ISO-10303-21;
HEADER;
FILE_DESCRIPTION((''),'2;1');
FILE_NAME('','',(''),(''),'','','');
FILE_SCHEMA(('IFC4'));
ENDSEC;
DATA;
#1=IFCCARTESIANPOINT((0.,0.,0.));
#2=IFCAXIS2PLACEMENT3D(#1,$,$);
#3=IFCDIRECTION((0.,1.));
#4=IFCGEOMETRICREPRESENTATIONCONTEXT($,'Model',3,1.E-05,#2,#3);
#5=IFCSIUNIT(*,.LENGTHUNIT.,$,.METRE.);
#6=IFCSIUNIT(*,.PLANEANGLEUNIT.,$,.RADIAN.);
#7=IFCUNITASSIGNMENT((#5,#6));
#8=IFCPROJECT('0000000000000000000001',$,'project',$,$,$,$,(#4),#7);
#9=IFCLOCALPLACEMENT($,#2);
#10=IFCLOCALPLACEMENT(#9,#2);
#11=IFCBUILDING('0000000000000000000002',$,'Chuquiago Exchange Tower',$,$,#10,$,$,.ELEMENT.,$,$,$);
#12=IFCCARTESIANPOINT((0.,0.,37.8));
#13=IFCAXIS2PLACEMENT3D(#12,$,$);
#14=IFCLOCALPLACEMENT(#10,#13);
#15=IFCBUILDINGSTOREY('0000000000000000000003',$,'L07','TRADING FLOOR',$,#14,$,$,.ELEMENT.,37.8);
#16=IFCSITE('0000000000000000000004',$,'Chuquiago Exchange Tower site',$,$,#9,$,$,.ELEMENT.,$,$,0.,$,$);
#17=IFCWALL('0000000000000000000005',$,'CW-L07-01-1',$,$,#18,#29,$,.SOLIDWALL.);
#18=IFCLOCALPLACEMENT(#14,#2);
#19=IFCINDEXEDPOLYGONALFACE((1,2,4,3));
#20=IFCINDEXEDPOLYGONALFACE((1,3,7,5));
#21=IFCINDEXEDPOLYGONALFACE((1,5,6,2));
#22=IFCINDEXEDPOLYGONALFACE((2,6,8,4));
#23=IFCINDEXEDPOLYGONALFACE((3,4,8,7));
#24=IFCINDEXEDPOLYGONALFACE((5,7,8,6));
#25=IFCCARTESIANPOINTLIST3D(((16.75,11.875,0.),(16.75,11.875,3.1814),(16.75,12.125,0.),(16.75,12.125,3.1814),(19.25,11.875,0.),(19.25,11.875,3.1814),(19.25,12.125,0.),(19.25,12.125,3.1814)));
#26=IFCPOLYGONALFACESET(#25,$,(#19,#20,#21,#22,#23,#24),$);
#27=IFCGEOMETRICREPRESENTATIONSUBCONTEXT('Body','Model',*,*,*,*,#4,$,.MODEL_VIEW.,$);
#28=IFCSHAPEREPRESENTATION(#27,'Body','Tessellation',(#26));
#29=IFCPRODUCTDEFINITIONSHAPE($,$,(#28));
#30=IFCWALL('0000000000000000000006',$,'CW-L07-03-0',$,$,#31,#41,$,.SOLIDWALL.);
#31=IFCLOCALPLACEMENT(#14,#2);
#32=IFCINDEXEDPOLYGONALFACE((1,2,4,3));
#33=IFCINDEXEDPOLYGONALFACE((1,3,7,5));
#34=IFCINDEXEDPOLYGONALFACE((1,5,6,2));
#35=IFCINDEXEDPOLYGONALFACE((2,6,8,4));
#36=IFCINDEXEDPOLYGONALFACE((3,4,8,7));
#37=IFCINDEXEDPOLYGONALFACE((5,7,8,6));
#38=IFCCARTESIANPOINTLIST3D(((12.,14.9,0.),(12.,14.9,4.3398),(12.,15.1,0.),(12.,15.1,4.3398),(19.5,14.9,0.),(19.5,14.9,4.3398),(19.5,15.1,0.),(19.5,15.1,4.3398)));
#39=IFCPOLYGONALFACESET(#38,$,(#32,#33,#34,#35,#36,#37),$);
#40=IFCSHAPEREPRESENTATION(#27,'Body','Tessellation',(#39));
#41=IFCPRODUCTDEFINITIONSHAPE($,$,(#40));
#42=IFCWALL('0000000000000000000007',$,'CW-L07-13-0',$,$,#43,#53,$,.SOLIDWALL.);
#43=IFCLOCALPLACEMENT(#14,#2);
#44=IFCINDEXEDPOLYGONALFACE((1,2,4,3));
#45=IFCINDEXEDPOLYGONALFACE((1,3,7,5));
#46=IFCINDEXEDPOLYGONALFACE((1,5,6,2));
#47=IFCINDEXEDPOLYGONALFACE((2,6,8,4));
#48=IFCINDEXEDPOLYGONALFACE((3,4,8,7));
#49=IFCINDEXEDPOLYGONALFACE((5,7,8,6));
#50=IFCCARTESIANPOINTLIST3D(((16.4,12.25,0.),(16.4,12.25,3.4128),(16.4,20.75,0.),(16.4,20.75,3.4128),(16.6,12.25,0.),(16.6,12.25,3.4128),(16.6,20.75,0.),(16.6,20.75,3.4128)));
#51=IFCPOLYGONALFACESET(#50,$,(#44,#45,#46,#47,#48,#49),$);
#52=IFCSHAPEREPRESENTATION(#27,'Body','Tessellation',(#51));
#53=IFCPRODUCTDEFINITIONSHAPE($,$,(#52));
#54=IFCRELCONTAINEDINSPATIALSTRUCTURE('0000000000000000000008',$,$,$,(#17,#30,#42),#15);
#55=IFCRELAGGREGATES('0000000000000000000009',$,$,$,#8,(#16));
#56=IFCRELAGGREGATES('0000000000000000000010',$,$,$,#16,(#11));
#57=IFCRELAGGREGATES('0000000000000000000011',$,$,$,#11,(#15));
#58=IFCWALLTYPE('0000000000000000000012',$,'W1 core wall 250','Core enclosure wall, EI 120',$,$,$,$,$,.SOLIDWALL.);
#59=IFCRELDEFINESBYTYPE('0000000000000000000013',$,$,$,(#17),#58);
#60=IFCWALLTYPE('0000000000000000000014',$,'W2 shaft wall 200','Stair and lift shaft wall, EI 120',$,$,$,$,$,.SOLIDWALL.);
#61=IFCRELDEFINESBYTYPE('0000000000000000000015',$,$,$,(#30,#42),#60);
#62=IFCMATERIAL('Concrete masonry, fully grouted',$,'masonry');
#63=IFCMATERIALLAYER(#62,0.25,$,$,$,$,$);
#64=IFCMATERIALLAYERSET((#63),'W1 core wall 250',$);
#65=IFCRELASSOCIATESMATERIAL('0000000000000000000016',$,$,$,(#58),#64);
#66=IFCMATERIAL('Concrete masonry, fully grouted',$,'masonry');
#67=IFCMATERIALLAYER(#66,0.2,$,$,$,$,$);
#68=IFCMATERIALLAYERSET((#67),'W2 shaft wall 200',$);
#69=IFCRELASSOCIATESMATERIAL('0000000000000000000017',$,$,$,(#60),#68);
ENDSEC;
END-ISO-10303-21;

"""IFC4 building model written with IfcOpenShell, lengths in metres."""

from ifc_helpers import new_model, si_unit, direction, frame, frame_2d, origin, place, context, subcontext, project, spatial, rectangle, extrude, material, layer, layer_set, type_object, element, save


model = new_model("IFC4")

# Units and contexts
model_context = context("Model", 3, precision=1e-05, world=origin(), true_north=direction((0.0, 1.0)))
body_context = subcontext(model_context, "Body", "Model", "MODEL_VIEW")
ifc_project = project(units=[si_unit("LENGTHUNIT", "METRE"), si_unit("PLANEANGLEUNIT", "RADIAN")], contexts=[model_context])

# Site, building, storey
site_placement = place(None, origin())
site = spatial("IfcSite", under=ifc_project, at=site_placement, Name="Chuquiago Exchange Tower site", CompositionType="ELEMENT", RefElevation=0.0)
building_placement = place(site_placement, origin())
building = spatial("IfcBuilding", under=site, at=building_placement, Name="Chuquiago Exchange Tower", CompositionType="ELEMENT")
storey_placement = place(building_placement, frame((0.0, 0.0, 37.8)))
storey = spatial("IfcBuildingStorey", under=building, at=storey_placement, Name="L07", Description="TRADING FLOOR", CompositionType="ELEMENT", Elevation=37.8)

# Shared definitions
ifc_material_1 = material(Name="Concrete masonry, fully grouted", Category="masonry")
ifc_layer_1 = layer(ifc_material_1, 0.25)
ifc_layer_set_1 = layer_set([ifc_layer_1], Name="W1 core wall 250")
wall_type_1 = type_object("IfcWallType", Name="W1 core wall 250", Description="Core enclosure wall, EI 120", PredefinedType="SOLIDWALL", material=ifc_layer_set_1)

# Walls
wall_1_placement = place(storey_placement, frame((16.75, 12.0, 0.0), z_axis=(0.0, 0.0, 1.0), x_axis=(1.0, 0.0, 0.0)))
element("IfcWall", 1, at=wall_1_placement, inside=storey, type_object=wall_type_1, Name="CW-L07-01-1", PredefinedType="SOLIDWALL", context=body_context, shape_type="SweptSolid", body=[
    extrude(rectangle(XDim=2.5, YDim=0.25, at=frame_2d((1.25, 0.0))), origin(), (0.0, 0.0, 1.0), 3.1814),
])
ifc_material_2 = material(Name="Concrete masonry, fully grouted", Category="masonry")
ifc_layer_2 = layer(ifc_material_2, 0.2)
ifc_layer_set_2 = layer_set([ifc_layer_2], Name="W2 shaft wall 200")
wall_type_2 = type_object("IfcWallType", Name="W2 shaft wall 200", Description="Stair and lift shaft wall, EI 120", PredefinedType="SOLIDWALL", material=ifc_layer_set_2)
wall_2_placement = place(storey_placement, frame((12.0, 15.0, 0.0), z_axis=(0.0, 0.0, 1.0), x_axis=(1.0, 0.0, 0.0)))
element("IfcWall", 2, at=wall_2_placement, inside=storey, type_object=wall_type_2, Name="CW-L07-03-0", PredefinedType="SOLIDWALL", context=body_context, shape_type="SweptSolid", body=[
    extrude(rectangle(XDim=7.5, YDim=0.2, at=frame_2d((3.75, 0.0))), origin(), (0.0, 0.0, 1.0), 4.3398),
])
wall_3_placement = place(storey_placement, frame((16.5, 12.25, 0.0), z_axis=(0.0, 0.0, 1.0), x_axis=(0.0, 1.0, 0.0)))
element("IfcWall", 3, at=wall_3_placement, inside=storey, type_object=wall_type_2, Name="CW-L07-13-0", PredefinedType="SOLIDWALL", context=body_context, shape_type="SweptSolid", body=[
    extrude(rectangle(XDim=8.5, YDim=0.2, at=frame_2d((4.25, 0.0))), origin(), (0.0, 0.0, 1.0), 3.4128),
])

save(model, "model.ifc")
